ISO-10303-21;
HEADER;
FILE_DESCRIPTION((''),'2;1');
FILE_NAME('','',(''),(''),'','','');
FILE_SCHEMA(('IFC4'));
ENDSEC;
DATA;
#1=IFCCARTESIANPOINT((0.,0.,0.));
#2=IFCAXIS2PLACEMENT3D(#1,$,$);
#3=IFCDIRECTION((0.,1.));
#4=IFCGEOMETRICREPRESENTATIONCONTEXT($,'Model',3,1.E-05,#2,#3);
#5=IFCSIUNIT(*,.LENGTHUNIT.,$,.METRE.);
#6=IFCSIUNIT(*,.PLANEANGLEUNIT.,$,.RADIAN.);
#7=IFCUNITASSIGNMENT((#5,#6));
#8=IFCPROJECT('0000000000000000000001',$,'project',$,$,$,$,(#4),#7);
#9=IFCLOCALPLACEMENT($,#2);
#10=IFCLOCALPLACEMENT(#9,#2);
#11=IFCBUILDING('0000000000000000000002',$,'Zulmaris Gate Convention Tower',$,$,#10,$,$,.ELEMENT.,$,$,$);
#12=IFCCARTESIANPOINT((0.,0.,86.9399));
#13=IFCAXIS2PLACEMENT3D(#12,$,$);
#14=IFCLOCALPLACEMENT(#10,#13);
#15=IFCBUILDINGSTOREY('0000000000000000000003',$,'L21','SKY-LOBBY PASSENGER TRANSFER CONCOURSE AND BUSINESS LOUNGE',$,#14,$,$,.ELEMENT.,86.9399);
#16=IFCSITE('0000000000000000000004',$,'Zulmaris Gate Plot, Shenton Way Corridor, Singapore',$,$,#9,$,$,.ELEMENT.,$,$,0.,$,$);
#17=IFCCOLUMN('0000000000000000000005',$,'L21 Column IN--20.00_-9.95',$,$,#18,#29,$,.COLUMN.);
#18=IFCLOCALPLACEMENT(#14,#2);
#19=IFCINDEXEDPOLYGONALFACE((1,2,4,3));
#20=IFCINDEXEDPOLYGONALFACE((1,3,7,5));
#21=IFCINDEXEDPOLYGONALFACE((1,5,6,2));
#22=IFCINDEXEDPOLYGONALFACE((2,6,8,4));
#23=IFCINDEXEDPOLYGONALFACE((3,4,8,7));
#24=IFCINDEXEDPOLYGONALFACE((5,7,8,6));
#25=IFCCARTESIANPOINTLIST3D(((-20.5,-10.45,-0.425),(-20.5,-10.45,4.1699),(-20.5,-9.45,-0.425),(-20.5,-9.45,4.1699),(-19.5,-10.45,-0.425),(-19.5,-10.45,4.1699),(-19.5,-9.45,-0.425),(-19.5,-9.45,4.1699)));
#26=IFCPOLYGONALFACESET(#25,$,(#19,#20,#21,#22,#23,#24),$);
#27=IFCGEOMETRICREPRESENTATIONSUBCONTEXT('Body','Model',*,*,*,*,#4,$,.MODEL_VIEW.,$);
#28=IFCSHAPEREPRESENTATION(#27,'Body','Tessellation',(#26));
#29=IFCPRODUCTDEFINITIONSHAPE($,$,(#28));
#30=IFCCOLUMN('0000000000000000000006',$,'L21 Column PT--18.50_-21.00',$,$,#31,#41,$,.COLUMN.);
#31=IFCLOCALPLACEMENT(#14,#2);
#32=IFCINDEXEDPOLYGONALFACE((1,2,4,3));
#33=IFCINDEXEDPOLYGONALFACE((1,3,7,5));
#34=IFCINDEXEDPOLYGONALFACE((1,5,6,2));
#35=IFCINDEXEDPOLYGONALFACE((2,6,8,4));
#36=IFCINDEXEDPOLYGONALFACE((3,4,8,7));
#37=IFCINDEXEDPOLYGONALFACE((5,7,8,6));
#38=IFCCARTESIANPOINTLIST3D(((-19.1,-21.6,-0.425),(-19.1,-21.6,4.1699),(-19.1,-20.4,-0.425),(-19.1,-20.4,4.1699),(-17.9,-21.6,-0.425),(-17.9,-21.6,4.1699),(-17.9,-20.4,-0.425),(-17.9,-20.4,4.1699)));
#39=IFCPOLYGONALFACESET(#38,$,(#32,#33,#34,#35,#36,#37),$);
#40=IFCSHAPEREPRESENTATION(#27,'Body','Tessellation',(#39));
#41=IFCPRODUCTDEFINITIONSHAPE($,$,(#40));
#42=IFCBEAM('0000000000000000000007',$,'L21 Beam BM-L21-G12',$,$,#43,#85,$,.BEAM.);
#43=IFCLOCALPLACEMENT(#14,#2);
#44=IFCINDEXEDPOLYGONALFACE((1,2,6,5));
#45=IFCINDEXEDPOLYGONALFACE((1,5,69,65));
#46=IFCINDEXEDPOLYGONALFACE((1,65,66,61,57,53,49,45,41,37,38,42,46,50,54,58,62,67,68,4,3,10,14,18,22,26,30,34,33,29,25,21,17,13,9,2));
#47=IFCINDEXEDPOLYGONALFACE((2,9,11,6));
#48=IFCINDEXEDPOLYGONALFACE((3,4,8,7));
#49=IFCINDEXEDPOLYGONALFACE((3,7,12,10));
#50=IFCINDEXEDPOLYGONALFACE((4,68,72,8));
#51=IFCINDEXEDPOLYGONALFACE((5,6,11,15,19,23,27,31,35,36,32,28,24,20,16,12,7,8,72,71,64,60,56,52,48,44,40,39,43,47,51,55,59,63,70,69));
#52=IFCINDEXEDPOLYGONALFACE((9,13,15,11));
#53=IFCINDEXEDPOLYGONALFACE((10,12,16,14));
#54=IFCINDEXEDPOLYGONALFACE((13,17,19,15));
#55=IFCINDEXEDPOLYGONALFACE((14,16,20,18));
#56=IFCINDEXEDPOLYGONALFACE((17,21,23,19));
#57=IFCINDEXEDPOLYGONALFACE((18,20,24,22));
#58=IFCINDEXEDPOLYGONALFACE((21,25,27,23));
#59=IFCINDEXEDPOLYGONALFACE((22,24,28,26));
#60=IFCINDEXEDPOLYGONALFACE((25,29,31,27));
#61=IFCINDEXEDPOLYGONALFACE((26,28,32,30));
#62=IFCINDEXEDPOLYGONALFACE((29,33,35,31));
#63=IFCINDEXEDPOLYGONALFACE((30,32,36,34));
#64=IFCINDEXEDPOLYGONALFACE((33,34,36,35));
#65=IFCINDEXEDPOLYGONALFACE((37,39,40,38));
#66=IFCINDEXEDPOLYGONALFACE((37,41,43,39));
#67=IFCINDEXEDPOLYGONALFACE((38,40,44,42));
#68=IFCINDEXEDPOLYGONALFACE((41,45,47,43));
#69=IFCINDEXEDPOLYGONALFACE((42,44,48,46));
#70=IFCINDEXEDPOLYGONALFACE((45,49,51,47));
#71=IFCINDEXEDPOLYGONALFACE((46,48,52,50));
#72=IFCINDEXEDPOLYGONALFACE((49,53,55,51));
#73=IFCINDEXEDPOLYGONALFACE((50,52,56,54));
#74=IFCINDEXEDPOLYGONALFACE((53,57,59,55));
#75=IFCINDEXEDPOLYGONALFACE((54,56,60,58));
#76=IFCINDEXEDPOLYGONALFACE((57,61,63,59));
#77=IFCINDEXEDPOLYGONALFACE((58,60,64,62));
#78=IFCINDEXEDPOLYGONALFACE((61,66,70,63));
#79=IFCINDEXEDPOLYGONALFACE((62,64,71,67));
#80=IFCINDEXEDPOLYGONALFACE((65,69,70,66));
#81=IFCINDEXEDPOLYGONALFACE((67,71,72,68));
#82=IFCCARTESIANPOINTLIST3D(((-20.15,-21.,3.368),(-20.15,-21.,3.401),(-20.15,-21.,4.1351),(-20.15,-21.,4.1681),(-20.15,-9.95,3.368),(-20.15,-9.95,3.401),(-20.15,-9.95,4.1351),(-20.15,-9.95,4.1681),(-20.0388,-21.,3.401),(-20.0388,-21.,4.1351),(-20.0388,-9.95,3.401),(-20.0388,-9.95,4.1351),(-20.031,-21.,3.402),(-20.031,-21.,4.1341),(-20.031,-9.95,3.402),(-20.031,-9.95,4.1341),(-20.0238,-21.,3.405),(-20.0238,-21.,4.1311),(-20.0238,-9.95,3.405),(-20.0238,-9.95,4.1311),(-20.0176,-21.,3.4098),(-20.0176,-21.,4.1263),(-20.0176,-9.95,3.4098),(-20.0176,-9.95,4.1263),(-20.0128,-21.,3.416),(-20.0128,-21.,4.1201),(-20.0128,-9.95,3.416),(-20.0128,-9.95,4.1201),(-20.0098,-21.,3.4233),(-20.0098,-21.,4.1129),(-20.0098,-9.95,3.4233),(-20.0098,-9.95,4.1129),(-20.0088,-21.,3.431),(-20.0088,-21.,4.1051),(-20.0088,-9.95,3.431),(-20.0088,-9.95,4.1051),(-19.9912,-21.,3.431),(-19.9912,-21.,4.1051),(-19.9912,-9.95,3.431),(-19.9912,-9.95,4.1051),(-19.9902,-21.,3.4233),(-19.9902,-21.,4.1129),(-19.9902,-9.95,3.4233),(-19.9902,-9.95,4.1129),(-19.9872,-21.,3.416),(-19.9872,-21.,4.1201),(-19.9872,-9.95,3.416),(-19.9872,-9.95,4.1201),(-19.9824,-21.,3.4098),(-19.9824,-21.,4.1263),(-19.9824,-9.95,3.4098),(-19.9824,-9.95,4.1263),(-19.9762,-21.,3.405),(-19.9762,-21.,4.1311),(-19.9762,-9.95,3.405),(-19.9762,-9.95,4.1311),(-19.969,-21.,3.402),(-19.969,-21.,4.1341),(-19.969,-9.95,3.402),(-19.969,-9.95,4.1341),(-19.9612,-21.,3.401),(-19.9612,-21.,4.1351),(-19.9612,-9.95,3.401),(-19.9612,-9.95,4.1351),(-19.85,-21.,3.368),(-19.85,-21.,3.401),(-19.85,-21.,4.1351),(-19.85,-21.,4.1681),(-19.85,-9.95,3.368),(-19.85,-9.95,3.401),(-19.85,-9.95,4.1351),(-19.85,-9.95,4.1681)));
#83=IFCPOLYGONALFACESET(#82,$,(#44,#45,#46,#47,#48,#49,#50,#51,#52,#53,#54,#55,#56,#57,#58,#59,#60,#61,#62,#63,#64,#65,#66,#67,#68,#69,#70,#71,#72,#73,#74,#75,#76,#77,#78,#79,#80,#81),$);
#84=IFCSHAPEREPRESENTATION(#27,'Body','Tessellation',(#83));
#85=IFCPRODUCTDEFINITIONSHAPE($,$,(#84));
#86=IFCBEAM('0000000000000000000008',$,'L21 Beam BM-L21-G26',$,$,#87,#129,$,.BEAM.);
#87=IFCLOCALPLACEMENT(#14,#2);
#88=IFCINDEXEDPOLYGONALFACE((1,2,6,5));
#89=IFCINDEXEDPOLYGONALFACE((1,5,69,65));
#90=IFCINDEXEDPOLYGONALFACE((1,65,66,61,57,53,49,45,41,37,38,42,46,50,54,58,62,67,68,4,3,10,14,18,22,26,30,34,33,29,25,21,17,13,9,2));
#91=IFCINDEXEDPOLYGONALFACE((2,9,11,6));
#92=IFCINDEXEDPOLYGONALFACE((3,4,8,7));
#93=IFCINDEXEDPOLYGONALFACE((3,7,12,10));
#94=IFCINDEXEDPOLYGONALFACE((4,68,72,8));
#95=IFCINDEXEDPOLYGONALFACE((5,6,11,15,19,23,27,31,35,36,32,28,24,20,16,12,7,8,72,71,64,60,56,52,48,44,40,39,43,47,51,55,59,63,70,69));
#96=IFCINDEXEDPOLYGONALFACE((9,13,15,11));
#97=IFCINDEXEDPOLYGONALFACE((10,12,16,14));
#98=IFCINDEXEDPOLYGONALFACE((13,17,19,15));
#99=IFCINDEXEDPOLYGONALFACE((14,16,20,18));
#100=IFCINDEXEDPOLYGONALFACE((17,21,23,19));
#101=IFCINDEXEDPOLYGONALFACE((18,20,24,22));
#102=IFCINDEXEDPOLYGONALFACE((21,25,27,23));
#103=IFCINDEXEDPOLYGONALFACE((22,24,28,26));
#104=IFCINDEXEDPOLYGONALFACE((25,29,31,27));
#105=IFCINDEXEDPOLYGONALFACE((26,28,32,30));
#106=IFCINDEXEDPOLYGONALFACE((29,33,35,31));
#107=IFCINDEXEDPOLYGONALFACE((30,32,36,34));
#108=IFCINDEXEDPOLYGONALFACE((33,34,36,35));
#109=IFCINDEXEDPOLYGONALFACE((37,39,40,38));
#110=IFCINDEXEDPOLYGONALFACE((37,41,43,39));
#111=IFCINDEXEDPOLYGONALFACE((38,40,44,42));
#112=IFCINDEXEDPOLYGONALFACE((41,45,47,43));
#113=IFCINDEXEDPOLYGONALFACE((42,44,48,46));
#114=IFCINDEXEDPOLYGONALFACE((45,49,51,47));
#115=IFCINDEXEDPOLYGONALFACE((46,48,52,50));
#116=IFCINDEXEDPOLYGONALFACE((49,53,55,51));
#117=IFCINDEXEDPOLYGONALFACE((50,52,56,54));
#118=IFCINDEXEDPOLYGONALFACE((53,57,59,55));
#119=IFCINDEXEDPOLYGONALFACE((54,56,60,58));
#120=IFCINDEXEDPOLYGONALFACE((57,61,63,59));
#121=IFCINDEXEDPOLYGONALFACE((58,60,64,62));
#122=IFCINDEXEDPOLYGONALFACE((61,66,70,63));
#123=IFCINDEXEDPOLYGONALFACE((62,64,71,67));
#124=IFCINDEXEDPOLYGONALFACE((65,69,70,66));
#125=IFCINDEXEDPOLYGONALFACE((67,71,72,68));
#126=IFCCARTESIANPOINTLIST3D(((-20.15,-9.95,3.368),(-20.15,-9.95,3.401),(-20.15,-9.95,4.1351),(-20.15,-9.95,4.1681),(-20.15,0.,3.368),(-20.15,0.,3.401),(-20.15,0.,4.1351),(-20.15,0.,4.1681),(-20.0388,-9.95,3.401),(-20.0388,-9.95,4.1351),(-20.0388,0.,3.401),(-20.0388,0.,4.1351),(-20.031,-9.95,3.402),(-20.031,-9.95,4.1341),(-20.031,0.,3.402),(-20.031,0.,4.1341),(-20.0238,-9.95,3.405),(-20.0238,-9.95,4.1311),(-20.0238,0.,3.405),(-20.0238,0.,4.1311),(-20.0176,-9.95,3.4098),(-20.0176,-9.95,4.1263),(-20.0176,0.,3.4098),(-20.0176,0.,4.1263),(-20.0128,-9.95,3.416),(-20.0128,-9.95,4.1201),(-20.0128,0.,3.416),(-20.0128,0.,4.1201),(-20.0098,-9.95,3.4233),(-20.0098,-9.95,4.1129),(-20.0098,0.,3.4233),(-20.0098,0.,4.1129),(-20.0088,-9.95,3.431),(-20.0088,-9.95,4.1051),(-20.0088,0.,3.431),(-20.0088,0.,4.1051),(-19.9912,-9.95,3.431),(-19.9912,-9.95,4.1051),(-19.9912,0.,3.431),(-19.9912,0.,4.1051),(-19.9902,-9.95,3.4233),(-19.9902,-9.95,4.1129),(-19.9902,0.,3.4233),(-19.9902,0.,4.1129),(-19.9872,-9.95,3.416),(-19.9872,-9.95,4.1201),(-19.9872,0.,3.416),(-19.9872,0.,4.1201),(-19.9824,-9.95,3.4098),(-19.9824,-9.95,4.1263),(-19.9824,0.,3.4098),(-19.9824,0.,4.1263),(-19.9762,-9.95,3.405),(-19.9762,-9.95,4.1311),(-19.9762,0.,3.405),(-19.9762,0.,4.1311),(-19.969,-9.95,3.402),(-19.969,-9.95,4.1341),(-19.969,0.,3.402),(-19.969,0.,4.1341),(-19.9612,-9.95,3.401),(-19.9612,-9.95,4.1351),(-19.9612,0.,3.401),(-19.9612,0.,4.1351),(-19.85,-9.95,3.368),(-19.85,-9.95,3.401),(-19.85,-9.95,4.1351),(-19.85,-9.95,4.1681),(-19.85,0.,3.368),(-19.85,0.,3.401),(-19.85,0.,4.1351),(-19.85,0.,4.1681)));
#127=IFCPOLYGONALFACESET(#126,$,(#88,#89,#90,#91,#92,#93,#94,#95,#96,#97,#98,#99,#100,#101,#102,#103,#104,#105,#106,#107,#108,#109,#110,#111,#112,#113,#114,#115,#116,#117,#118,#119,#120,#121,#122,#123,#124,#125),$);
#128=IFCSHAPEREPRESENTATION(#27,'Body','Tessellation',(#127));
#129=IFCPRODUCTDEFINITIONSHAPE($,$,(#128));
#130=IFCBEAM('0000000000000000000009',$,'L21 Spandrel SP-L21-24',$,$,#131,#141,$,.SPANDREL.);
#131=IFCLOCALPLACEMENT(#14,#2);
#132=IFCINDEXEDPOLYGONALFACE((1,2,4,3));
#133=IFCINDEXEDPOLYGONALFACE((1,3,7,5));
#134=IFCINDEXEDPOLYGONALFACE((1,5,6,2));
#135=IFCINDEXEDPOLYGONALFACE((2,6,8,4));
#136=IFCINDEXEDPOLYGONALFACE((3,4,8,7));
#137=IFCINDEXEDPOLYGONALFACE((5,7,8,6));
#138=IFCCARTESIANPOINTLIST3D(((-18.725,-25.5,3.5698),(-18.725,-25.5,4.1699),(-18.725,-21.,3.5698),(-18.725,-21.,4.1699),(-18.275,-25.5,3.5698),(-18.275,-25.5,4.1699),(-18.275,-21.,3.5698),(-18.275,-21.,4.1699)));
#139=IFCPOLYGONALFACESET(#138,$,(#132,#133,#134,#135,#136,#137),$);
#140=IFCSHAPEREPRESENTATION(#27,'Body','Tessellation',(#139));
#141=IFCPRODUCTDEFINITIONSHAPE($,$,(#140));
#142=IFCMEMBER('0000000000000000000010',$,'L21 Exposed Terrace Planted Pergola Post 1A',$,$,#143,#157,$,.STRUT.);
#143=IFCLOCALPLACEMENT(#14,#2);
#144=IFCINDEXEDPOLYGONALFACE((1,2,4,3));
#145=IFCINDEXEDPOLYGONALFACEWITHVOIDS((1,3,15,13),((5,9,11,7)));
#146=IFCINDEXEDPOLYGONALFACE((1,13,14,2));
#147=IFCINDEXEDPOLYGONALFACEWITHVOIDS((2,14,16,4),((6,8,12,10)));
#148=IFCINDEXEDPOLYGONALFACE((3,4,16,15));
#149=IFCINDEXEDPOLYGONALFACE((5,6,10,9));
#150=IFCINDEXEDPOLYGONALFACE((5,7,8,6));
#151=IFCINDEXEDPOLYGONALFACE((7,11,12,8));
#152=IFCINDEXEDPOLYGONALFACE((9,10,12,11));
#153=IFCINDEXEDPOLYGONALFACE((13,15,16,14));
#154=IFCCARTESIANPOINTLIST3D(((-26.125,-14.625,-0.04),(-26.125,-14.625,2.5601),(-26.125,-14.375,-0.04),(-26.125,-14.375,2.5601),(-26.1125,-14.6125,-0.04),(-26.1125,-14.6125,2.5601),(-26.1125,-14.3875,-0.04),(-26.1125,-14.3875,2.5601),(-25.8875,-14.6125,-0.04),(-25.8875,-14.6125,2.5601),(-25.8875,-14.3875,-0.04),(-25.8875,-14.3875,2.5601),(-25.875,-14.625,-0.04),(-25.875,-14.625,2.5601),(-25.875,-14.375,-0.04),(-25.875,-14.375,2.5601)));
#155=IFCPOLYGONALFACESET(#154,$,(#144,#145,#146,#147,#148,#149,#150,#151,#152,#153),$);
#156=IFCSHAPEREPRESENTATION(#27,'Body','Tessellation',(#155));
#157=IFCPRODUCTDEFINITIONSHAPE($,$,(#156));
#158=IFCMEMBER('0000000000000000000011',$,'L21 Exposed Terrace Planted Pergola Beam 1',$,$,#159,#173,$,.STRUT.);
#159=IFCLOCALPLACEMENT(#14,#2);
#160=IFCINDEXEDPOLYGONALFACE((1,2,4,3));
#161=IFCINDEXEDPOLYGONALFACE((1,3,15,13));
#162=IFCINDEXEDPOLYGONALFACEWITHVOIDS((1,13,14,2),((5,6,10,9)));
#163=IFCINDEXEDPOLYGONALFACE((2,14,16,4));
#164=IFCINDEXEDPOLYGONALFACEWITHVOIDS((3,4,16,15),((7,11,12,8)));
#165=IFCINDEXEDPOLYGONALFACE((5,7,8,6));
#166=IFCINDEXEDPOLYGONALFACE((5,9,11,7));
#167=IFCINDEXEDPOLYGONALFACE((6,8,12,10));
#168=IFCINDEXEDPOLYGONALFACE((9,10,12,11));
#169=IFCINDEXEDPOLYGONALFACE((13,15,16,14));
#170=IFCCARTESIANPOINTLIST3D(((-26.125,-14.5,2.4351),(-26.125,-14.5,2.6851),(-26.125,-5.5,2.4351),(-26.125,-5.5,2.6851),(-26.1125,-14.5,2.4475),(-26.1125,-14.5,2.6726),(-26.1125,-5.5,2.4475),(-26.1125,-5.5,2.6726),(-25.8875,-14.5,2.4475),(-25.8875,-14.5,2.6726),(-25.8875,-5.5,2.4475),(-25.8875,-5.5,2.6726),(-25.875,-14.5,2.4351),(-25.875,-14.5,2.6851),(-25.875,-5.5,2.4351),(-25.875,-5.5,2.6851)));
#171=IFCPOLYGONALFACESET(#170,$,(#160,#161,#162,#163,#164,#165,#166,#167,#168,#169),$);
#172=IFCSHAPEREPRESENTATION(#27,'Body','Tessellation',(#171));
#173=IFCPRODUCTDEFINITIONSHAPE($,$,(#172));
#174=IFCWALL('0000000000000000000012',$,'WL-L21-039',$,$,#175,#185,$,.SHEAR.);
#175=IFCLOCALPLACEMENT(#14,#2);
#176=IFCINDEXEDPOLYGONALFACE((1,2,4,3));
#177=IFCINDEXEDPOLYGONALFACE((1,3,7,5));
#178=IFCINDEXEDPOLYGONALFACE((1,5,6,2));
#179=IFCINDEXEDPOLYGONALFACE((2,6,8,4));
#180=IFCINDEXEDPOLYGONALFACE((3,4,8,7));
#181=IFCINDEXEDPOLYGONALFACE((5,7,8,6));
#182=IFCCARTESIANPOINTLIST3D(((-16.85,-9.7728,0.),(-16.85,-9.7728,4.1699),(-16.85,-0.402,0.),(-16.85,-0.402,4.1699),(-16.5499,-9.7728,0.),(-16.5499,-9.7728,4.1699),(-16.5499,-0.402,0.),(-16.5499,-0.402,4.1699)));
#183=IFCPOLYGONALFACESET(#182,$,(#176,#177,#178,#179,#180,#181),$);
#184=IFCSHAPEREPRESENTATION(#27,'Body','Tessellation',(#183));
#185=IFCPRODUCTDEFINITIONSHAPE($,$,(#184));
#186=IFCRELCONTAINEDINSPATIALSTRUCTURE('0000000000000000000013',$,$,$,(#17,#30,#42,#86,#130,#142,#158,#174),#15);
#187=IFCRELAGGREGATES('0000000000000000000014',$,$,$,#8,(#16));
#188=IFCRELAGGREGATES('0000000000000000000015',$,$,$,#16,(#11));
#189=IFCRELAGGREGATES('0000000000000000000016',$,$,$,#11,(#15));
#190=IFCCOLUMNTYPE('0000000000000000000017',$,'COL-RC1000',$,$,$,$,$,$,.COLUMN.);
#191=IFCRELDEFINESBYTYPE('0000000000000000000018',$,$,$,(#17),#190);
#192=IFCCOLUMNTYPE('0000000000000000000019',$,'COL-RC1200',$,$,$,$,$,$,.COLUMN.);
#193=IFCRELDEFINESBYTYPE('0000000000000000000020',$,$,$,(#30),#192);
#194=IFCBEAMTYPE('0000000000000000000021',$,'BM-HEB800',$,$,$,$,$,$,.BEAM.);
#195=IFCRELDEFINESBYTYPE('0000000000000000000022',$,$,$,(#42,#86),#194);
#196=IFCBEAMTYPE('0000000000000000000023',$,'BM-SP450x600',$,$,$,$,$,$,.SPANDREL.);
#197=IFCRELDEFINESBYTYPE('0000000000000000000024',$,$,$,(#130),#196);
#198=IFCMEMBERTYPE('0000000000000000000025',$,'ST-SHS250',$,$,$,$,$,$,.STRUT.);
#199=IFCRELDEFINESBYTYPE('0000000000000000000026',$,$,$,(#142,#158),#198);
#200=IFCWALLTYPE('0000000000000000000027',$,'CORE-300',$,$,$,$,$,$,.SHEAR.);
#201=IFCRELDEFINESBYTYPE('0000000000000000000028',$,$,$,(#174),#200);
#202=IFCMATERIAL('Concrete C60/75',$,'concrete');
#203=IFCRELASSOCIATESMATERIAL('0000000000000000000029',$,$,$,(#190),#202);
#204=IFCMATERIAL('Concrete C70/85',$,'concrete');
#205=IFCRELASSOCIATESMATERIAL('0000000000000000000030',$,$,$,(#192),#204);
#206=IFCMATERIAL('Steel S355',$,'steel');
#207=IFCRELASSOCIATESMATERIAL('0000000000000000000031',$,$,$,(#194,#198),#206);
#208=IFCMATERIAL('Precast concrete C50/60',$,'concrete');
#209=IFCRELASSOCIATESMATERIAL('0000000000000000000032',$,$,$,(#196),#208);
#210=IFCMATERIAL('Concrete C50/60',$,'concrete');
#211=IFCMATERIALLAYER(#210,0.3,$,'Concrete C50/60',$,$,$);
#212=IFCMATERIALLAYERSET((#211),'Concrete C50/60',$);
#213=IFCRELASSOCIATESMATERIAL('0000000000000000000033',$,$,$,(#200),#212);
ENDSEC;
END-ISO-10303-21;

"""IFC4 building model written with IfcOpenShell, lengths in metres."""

from ifc_helpers import new_model, si_unit, direction, frame, frame_2d, origin, origin_2d, place, context, subcontext, project, spatial, rectangle, hollow_rectangle, i_section, extrude, material, layer, layer_set, material_profile, profile_set, type_object, element, save


model = new_model("IFC4")

# Units and contexts
model_context = context("Model", 3, precision=1e-05, world=origin(), true_north=direction((0.0, 1.0)))
body_context = subcontext(model_context, "Body", "Model", "MODEL_VIEW")
ifc_project = project(units=[si_unit("LENGTHUNIT", "METRE"), si_unit("PLANEANGLEUNIT", "RADIAN")], contexts=[model_context])

# Site, building, storey
site_placement = place(None, origin())
site = spatial("IfcSite", under=ifc_project, at=site_placement, Name="Zulmaris Gate Plot, Shenton Way Corridor, Singapore", CompositionType="ELEMENT", RefElevation=0.0)
building_placement = place(site_placement, origin())
building = spatial("IfcBuilding", under=site, at=building_placement, Name="Zulmaris Gate Convention Tower", CompositionType="ELEMENT")
storey_placement = place(building_placement, frame((0.0, 0.0, 86.9399)))
storey = spatial("IfcBuildingStorey", under=building, at=storey_placement, Name="L21", Description="SKY-LOBBY PASSENGER TRANSFER CONCOURSE AND BUSINESS LOUNGE", CompositionType="ELEMENT", Elevation=86.9399)

# Columns
ifc_material_1 = material(Name="Concrete C60/75", Category="concrete")
ifc_material_profile_1 = material_profile(ifc_material_1, rectangle(XDim=1.0, YDim=1.0, at=origin_2d()), Name="RC COL 1000x1000")
ifc_profile_set_1 = profile_set([ifc_material_profile_1], Name="Concrete C60/75")
column_type_1 = type_object("IfcColumnType", Name="COL-RC1000", PredefinedType="COLUMN", material=ifc_profile_set_1)
column_1_placement = place(storey_placement, frame((-20.0, -9.95, -0.425), z_axis=(0.0, 0.0, 1.0), x_axis=(1.0, 0.0, 0.0)))
element("IfcColumn", 1, at=column_1_placement, inside=storey, type_object=column_type_1, Name="L21 Column IN--20.00_-9.95", PredefinedType="COLUMN", context=body_context, shape_type="SweptSolid", body=[
    extrude(rectangle(XDim=1.0, YDim=1.0, at=origin_2d()), origin(), (0.0, 0.0, 1.0), 4.595),
])
ifc_material_2 = material(Name="Concrete C70/85", Category="concrete")
ifc_material_profile_2 = material_profile(ifc_material_2, rectangle(XDim=1.2, YDim=1.2, at=origin_2d()), Name="RC COL 1200x1200")
ifc_profile_set_2 = profile_set([ifc_material_profile_2], Name="Concrete C70/85")
column_type_2 = type_object("IfcColumnType", Name="COL-RC1200", PredefinedType="COLUMN", material=ifc_profile_set_2)
column_2_placement = place(storey_placement, frame((-18.5, -21.0, -0.425), z_axis=(0.0, 0.0, 1.0), x_axis=(1.0, 0.0, 0.0)))
element("IfcColumn", 2, at=column_2_placement, inside=storey, type_object=column_type_2, Name="L21 Column PT--18.50_-21.00", PredefinedType="COLUMN", context=body_context, shape_type="SweptSolid", body=[
    extrude(rectangle(XDim=1.2, YDim=1.2, at=origin_2d()), origin(), (0.0, 0.0, 1.0), 4.595),
])

# Beams
ifc_material_3 = material(Name="Steel S355", Category="steel")
ifc_material_profile_3 = material_profile(ifc_material_3, i_section(OverallWidth=0.3, OverallDepth=0.8, WebThickness=0.0176, FlangeThickness=0.033, FilletRadius=0.03, at=origin_2d()), Name="HEB 800")
ifc_profile_set_3 = profile_set([ifc_material_profile_3], Name="Steel S355")
beam_type_1 = type_object("IfcBeamType", Name="BM-HEB800", PredefinedType="BEAM", material=ifc_profile_set_3)
beam_1_placement = place(storey_placement, frame((-20.0, -21.0, 3.7681), z_axis=(0.0, 1.0, 0.0), x_axis=(-1.0, 0.0, 0.0)))
element("IfcBeam", 3, at=beam_1_placement, inside=storey, type_object=beam_type_1, Name="L21 Beam BM-L21-G12", PredefinedType="BEAM", context=body_context, shape_type="SweptSolid", body=[
    extrude(i_section(OverallWidth=0.3, OverallDepth=0.8, WebThickness=0.0176, FlangeThickness=0.033, FilletRadius=0.03, at=origin_2d()), origin(), (0.0, 0.0, 1.0), 11.05),
])
beam_2_placement = place(storey_placement, frame((-20.0, -9.95, 3.7681), z_axis=(0.0, 1.0, 0.0), x_axis=(-1.0, 0.0, 0.0)))
element("IfcBeam", 4, at=beam_2_placement, inside=storey, type_object=beam_type_1, Name="L21 Beam BM-L21-G26", PredefinedType="BEAM", context=body_context, shape_type="SweptSolid", body=[
    extrude(i_section(OverallWidth=0.3, OverallDepth=0.8, WebThickness=0.0176, FlangeThickness=0.033, FilletRadius=0.03, at=origin_2d()), origin(), (0.0, 0.0, 1.0), 9.95),
])
ifc_material_4 = material(Name="Precast concrete C50/60", Category="concrete")
ifc_material_profile_4 = material_profile(ifc_material_4, rectangle(XDim=0.45, YDim=0.6001, at=origin_2d()), Name="RC SPANDREL 450x600")
ifc_profile_set_4 = profile_set([ifc_material_profile_4], Name="Precast concrete C50/60")
beam_type_2 = type_object("IfcBeamType", Name="BM-SP450x600", PredefinedType="SPANDREL", material=ifc_profile_set_4)
beam_3_placement = place(storey_placement, frame((-18.5, -21.0, 3.8699), z_axis=(0.0, -1.0, 0.0), x_axis=(1.0, 0.0, 0.0)))
element("IfcBeam", 5, at=beam_3_placement, inside=storey, type_object=beam_type_2, Name="L21 Spandrel SP-L21-24", PredefinedType="SPANDREL", context=body_context, shape_type="SweptSolid", body=[
    extrude(rectangle(XDim=0.45, YDim=0.6001, at=origin_2d()), origin(), (0.0, 0.0, 1.0), 4.5),
])

# Members
ifc_material_profile_5 = material_profile(ifc_material_3, hollow_rectangle(XDim=0.25, YDim=0.25, WallThickness=0.0125, at=origin_2d()), Name="SHS 250x250x12.5")
ifc_profile_set_5 = profile_set([ifc_material_profile_5], Name="Steel S355")
member_type = type_object("IfcMemberType", Name="ST-SHS250", PredefinedType="STRUT", material=ifc_profile_set_5)
member_1_placement = place(storey_placement, frame((-26.0, -14.5, -0.04), z_axis=(0.0, 0.0, 1.0), x_axis=(1.0, 0.0, 0.0)))
element("IfcMember", 6, at=member_1_placement, inside=storey, type_object=member_type, Name="L21 Exposed Terrace Planted Pergola Post 1A", PredefinedType="STRUT", context=body_context, shape_type="SweptSolid", body=[
    extrude(hollow_rectangle(XDim=0.25, YDim=0.25, WallThickness=0.0125, at=origin_2d()), origin(), (0.0, 0.0, 1.0), 2.6001),
])
member_2_placement = place(storey_placement, frame((-26.0, -14.5, 2.5601), z_axis=(0.0, 1.0, 0.0), x_axis=(-1.0, 0.0, 0.0)))
element("IfcMember", 7, at=member_2_placement, inside=storey, type_object=member_type, Name="L21 Exposed Terrace Planted Pergola Beam 1", PredefinedType="STRUT", context=body_context, shape_type="SweptSolid", body=[
    extrude(hollow_rectangle(XDim=0.25, YDim=0.25, WallThickness=0.0125, at=origin_2d()), origin(), (0.0, 0.0, 1.0), 9.0),
])

# Wall
ifc_material_5 = material(Name="Concrete C50/60", Category="concrete")
ifc_layer_1 = layer(ifc_material_5, 0.3, Name="Concrete C50/60")
ifc_layer_set_1 = layer_set([ifc_layer_1], Name="Concrete C50/60")
wall_type_1 = type_object("IfcWallType", Name="CORE-300", PredefinedType="SHEAR", material=ifc_layer_set_1)
wall_1_placement = place(storey_placement, frame((-16.7, -9.7729, 0.0), z_axis=(0.0, 0.0, 1.0), x_axis=(0.0, 1.0, 0.0)))
element("IfcWall", 8, at=wall_1_placement, inside=storey, type_object=wall_type_1, Name="WL-L21-039", PredefinedType="SHEAR", context=body_context, shape_type="SweptSolid", body=[
    extrude(rectangle(XDim=9.3708, YDim=0.3, at=frame_2d((4.6855, 0.0))), origin(), (0.0, 0.0, 1.0), 4.1699),
])

save(model, "model.ifc")
